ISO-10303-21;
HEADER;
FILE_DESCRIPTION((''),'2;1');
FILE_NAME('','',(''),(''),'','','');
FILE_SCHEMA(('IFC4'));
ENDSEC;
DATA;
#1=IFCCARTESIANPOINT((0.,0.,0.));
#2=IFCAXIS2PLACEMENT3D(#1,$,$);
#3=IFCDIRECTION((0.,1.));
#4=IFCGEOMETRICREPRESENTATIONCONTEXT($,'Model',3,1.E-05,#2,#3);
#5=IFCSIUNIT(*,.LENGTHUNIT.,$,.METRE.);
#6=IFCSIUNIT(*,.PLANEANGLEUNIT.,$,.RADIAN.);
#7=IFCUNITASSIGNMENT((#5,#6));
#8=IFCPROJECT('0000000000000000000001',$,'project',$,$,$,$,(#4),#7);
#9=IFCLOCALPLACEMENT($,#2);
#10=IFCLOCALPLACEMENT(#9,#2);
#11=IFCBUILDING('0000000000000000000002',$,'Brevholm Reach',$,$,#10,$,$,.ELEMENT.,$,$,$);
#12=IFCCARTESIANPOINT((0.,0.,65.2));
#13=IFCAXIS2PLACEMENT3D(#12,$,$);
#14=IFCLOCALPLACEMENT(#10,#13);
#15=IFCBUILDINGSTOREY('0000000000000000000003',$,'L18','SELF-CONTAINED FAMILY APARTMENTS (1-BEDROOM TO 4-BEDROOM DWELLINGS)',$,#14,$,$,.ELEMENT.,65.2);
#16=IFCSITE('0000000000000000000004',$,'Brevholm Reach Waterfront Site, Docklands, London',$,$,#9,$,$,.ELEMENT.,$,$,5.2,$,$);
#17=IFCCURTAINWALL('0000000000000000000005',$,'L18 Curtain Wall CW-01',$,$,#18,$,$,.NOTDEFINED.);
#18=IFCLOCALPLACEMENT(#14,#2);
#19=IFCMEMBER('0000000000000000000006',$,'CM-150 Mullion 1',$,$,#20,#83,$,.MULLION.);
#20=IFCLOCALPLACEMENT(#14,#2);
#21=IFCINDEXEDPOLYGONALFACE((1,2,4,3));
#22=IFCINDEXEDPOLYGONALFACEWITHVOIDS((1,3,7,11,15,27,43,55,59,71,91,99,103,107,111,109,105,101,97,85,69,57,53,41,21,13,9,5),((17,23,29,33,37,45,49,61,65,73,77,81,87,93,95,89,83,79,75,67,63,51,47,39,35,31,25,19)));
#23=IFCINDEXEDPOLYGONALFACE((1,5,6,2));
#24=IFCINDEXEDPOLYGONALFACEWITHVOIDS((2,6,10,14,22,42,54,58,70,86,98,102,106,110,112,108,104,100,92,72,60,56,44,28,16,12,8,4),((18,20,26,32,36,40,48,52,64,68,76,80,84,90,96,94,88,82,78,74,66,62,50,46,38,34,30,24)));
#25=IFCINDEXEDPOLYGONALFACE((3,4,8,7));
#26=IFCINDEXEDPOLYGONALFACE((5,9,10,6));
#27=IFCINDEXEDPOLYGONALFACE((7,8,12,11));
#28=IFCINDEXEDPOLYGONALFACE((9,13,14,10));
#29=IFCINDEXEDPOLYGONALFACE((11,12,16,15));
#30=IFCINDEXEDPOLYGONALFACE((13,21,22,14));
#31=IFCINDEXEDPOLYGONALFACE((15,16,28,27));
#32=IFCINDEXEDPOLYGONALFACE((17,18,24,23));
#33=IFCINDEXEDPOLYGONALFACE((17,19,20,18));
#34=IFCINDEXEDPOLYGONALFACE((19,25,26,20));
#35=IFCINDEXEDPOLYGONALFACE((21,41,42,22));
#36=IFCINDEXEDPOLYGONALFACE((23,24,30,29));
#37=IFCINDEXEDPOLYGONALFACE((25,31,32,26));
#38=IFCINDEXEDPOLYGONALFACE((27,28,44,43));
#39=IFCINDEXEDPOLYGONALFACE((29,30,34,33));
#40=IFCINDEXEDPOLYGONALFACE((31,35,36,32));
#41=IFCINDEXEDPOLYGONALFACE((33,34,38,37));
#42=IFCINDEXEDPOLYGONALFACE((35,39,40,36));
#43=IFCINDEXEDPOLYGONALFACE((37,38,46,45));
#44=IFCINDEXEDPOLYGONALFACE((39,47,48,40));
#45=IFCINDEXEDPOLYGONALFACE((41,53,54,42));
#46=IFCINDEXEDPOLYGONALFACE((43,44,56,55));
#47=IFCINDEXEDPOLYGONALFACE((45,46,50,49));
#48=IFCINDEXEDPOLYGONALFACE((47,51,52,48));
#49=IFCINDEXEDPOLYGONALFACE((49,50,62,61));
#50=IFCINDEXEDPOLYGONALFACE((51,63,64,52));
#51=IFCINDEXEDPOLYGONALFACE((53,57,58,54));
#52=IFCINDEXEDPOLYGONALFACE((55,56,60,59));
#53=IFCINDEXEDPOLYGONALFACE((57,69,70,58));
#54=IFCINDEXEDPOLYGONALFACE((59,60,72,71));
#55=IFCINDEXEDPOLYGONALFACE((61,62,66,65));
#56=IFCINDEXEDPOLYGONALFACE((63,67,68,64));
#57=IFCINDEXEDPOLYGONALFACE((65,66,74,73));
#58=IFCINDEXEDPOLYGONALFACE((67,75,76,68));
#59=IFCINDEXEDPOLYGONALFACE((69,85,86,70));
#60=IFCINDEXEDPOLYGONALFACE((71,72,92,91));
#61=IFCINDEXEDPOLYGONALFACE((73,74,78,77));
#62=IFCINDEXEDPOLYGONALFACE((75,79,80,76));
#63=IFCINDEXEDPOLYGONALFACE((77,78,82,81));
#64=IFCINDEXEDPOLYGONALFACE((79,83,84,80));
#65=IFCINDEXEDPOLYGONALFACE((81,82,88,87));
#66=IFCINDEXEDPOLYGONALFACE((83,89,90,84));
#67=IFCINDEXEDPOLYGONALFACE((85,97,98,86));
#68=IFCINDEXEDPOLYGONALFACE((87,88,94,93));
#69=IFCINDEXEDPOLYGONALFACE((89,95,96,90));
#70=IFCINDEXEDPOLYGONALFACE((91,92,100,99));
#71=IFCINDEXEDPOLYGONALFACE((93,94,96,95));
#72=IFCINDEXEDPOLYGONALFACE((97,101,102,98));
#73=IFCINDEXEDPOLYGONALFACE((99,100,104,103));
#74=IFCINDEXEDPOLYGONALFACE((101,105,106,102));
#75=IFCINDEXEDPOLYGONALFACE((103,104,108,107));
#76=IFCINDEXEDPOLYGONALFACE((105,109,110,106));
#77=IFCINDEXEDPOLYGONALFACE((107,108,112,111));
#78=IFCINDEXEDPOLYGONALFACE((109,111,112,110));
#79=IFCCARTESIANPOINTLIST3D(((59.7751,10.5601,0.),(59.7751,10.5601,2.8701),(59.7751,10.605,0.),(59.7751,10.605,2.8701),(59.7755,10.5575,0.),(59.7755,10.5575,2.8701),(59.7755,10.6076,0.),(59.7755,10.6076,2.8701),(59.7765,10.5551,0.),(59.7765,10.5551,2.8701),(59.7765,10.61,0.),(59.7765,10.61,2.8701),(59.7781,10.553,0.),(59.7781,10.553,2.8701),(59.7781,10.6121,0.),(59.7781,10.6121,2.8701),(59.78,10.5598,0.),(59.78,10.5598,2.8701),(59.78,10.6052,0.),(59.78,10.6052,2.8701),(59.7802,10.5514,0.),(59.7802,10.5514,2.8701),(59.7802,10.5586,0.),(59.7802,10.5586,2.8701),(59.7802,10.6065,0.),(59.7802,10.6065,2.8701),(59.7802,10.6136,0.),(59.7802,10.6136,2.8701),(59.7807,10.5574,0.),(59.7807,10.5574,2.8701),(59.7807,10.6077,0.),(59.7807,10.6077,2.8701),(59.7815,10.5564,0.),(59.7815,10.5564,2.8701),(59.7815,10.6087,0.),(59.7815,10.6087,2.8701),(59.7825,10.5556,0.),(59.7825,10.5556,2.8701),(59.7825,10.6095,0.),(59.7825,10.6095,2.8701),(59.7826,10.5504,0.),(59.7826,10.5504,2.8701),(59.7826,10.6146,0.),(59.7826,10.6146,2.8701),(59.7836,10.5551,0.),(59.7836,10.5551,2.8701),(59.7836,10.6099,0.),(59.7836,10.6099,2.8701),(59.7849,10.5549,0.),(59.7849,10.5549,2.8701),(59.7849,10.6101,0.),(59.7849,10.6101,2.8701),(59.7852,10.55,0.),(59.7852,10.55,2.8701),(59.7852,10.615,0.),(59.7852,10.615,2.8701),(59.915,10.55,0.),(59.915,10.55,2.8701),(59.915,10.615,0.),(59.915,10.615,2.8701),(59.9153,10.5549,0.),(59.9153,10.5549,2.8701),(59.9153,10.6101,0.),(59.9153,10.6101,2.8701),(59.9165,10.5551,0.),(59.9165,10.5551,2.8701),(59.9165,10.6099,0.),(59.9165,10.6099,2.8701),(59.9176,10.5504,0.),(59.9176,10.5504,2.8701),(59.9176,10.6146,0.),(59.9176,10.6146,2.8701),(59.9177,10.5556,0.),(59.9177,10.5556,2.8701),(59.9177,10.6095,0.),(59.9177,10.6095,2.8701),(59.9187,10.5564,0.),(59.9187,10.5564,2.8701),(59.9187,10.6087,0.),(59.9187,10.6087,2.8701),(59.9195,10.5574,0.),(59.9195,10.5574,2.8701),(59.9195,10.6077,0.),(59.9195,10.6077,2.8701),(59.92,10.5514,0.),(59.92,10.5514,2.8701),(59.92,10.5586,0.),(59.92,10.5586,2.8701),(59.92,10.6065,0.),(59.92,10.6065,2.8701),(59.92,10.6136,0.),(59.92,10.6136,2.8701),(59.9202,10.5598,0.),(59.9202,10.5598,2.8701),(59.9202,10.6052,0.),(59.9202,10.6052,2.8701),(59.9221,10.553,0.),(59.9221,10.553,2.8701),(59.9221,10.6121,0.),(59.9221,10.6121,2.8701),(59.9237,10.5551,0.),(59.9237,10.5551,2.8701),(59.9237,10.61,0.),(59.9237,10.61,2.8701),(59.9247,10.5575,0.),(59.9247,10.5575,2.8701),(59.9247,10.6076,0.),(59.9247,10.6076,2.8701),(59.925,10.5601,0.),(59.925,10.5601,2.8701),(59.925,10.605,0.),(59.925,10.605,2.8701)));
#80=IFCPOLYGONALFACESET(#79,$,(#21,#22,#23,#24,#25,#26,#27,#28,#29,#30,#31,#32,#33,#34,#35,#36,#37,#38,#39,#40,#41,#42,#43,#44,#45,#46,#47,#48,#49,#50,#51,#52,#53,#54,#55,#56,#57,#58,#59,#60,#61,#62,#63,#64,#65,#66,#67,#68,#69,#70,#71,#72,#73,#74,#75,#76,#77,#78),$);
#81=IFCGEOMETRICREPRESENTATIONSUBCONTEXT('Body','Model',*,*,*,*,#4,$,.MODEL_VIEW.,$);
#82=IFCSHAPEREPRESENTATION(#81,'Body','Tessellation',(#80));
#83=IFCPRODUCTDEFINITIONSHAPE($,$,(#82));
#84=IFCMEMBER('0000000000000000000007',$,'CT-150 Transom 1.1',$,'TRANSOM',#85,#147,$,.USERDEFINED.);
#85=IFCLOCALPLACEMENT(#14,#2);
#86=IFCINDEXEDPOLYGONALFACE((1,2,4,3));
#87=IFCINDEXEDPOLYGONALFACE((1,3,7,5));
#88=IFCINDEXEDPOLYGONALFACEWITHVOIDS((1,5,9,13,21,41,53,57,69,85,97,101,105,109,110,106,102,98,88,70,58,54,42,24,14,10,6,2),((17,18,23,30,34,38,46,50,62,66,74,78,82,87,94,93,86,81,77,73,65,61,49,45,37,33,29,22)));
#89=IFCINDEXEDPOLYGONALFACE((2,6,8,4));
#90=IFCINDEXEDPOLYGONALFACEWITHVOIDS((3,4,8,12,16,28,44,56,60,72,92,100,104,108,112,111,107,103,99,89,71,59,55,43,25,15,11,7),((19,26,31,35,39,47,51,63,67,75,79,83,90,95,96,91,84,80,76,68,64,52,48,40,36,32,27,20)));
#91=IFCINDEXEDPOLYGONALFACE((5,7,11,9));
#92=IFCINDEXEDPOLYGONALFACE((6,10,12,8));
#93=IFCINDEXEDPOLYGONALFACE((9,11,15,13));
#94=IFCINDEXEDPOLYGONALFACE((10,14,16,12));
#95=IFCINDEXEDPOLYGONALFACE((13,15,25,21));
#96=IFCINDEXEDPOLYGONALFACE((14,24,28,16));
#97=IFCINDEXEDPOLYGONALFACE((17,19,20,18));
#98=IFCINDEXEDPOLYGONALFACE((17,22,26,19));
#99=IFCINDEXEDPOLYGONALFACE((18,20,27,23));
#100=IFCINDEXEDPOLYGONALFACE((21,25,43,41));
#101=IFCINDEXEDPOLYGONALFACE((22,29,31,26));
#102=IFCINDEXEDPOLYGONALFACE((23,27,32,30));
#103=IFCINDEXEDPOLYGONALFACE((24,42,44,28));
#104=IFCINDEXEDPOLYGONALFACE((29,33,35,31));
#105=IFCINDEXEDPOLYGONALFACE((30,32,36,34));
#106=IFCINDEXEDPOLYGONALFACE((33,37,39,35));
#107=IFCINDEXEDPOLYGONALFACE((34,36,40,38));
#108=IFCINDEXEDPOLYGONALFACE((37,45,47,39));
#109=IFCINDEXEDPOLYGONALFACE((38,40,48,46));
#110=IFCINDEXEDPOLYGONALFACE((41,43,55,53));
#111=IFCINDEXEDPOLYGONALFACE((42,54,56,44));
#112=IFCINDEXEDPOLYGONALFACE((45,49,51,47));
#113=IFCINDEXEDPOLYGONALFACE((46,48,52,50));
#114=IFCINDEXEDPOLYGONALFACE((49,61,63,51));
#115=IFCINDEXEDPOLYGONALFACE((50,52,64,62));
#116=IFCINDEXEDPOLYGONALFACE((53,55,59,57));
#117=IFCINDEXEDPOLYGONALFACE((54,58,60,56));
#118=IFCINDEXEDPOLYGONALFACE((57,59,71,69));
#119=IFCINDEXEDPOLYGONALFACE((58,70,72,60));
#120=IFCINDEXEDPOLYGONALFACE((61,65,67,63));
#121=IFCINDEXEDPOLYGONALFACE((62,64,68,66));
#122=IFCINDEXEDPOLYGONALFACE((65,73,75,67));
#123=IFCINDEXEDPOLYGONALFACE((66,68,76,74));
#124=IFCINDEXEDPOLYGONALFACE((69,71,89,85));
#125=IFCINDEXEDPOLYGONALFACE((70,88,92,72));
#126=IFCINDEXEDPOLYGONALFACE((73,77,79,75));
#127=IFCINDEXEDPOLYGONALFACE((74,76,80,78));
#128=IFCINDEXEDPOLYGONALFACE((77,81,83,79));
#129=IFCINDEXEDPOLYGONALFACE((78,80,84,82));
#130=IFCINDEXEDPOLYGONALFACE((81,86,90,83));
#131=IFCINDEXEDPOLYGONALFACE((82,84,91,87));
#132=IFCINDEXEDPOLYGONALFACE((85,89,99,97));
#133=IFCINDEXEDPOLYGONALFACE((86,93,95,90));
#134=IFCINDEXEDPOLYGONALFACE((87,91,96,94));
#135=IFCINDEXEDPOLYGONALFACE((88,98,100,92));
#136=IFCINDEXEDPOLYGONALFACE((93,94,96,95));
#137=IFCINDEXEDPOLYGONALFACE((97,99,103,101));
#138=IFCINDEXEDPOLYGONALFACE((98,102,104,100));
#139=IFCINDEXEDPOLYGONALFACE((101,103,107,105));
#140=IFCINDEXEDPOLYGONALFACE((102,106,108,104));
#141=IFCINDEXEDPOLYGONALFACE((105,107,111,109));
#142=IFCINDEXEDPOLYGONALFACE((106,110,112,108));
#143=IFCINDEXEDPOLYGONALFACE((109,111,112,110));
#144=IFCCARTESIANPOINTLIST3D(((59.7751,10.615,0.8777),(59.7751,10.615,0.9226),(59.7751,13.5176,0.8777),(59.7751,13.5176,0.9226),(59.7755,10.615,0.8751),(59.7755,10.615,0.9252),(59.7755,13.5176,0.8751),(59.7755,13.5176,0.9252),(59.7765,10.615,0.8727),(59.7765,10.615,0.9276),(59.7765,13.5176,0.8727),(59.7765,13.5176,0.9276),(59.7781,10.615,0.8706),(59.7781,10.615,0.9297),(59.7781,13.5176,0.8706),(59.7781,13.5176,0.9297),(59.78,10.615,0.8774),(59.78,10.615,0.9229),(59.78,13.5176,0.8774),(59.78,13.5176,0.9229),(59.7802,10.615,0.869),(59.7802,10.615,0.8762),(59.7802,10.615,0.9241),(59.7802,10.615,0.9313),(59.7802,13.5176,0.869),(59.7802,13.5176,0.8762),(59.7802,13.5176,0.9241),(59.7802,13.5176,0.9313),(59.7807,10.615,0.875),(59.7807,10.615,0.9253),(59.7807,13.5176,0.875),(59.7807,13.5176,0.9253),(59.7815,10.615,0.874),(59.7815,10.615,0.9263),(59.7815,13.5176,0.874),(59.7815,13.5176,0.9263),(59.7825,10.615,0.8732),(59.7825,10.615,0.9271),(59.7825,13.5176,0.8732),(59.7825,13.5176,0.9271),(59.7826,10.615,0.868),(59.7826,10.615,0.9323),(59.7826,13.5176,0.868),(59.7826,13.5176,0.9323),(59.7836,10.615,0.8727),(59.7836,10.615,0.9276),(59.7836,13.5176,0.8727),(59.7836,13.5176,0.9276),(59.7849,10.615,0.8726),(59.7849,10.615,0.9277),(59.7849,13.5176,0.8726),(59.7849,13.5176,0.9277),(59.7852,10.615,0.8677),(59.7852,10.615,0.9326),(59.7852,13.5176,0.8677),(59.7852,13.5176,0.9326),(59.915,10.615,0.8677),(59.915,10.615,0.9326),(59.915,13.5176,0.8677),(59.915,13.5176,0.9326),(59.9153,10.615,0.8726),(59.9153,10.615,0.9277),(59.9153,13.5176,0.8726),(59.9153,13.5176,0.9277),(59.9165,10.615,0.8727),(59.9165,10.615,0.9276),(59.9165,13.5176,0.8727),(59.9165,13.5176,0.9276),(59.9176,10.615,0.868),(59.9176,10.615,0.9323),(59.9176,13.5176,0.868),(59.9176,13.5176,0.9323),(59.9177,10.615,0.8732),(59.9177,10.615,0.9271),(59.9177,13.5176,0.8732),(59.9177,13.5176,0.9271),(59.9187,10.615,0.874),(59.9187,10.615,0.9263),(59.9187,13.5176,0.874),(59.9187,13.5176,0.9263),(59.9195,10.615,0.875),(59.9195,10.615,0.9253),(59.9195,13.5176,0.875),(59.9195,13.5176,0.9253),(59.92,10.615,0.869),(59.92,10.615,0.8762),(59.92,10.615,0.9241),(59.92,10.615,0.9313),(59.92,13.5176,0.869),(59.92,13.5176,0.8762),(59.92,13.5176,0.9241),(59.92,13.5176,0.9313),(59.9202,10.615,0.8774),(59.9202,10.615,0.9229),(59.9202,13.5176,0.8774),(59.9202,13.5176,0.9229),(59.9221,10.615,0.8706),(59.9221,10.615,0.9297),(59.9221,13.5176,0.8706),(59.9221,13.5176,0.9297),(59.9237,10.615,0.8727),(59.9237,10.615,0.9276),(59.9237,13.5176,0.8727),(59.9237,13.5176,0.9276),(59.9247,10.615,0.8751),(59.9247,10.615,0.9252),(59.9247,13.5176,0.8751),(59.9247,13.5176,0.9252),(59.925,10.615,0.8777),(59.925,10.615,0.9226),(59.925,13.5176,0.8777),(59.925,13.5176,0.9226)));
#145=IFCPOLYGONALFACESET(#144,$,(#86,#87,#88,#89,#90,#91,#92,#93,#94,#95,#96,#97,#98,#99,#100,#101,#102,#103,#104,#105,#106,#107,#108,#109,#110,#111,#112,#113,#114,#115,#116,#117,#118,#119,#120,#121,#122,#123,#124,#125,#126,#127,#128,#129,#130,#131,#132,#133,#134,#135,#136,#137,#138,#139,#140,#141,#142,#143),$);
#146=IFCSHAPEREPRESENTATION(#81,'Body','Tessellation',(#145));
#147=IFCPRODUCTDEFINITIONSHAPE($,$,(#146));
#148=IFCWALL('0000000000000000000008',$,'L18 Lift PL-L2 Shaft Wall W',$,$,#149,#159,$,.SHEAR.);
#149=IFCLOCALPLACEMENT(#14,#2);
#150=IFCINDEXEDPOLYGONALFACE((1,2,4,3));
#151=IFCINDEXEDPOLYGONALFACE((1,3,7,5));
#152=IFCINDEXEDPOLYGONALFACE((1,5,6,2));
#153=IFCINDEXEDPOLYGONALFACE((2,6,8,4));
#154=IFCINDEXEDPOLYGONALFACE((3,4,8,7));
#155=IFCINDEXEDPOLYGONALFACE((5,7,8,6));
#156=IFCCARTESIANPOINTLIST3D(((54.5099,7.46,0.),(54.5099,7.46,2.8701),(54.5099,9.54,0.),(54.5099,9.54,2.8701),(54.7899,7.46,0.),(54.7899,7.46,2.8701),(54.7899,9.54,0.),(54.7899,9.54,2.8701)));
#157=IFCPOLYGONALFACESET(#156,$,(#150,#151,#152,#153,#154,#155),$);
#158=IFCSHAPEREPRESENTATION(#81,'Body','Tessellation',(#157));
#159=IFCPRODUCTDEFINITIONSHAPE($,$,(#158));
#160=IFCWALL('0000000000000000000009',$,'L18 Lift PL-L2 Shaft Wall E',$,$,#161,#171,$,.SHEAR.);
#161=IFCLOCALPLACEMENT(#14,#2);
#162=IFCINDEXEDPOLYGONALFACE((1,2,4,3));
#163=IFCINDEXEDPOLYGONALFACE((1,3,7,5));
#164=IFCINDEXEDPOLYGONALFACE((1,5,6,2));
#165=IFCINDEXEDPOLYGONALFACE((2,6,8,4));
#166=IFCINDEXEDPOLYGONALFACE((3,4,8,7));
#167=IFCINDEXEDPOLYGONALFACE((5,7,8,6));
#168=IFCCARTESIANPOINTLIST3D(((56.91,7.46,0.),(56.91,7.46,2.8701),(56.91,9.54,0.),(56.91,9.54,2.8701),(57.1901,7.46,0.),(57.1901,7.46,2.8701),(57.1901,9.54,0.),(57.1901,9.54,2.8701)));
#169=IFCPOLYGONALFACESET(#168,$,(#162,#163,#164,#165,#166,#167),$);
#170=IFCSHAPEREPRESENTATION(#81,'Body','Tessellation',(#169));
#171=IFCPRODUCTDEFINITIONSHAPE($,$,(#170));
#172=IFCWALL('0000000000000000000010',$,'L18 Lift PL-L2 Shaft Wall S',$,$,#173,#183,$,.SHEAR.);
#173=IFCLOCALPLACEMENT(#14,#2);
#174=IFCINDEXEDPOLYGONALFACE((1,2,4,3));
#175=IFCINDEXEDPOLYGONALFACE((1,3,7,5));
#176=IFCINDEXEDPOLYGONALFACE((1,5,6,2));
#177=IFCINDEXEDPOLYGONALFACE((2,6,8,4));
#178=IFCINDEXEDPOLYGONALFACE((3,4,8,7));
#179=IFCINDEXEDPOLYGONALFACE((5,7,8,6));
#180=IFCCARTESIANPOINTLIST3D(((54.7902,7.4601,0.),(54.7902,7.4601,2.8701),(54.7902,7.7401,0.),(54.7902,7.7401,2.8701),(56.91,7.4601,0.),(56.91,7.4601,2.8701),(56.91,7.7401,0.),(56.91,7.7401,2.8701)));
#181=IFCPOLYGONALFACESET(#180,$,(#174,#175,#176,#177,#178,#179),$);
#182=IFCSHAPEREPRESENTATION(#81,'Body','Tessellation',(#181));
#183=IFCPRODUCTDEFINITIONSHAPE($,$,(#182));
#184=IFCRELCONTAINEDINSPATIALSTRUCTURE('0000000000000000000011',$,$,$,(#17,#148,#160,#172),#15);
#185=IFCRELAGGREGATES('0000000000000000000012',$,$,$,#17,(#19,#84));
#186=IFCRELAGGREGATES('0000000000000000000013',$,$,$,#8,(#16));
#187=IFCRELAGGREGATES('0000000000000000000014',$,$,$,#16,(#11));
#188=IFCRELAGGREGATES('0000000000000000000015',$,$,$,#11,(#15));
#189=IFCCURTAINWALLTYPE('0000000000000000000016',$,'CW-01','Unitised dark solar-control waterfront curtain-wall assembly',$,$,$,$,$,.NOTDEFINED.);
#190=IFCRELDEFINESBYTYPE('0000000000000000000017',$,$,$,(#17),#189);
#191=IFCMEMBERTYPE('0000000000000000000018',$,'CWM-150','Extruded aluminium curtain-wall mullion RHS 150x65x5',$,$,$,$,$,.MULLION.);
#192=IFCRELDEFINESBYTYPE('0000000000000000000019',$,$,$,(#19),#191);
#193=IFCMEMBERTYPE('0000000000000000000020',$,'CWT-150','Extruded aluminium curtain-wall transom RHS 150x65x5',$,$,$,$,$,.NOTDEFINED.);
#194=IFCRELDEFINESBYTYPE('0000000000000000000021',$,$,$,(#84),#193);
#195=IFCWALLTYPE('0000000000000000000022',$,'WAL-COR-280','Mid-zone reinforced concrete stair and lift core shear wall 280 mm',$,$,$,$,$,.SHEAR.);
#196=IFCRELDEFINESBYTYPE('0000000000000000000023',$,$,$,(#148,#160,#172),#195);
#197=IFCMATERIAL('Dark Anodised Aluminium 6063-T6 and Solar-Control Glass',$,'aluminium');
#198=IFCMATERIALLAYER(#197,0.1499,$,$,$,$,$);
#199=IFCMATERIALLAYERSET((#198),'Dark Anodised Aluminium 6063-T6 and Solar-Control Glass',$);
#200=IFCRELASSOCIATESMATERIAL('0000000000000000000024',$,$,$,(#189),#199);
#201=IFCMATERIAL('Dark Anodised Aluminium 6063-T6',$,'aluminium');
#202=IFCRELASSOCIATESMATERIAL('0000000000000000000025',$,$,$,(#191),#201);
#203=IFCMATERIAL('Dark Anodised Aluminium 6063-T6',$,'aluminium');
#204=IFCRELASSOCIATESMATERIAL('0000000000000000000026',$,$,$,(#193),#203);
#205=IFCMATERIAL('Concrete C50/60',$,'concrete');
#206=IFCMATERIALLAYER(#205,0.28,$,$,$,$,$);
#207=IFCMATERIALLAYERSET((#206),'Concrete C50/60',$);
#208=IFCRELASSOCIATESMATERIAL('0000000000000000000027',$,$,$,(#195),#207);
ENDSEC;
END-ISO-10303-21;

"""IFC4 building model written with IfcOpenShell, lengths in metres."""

from ifc_helpers import new_model, si_unit, direction, frame, frame_2d, origin, origin_2d, place, context, subcontext, project, spatial, rectangle, hollow_rectangle, extrude, material, layer, layer_set, material_profile, profile_set, type_object, element, aggregate, save


model = new_model("IFC4")

# Units and contexts
model_context = context("Model", 3, precision=1e-05, world=origin(), true_north=direction((0.0, 1.0)))
body_context = subcontext(model_context, "Body", "Model", "MODEL_VIEW")
ifc_project = project(units=[si_unit("LENGTHUNIT", "METRE"), si_unit("PLANEANGLEUNIT", "RADIAN")], contexts=[model_context])

# Site, building, storey
site_placement = place(None, origin())
site = spatial("IfcSite", under=ifc_project, at=site_placement, Name="Brevholm Reach Waterfront Site, Docklands, London", CompositionType="ELEMENT", RefElevation=5.2)
building_placement = place(site_placement, origin())
building = spatial("IfcBuilding", under=site, at=building_placement, Name="Brevholm Reach", CompositionType="ELEMENT")
storey_placement = place(building_placement, frame((0.0, 0.0, 65.2)))
storey = spatial("IfcBuildingStorey", under=building, at=storey_placement, Name="L18", Description="SELF-CONTAINED FAMILY APARTMENTS (1-BEDROOM TO 4-BEDROOM DWELLINGS)", CompositionType="ELEMENT", Elevation=65.2)

# Curtain wall, members
ifc_material_1 = material(Name="Dark Anodised Aluminium 6063-T6 and Solar-Control Glass", Category="aluminium")
ifc_layer_1 = layer(ifc_material_1, 0.1499)
ifc_layer_set_1 = layer_set([ifc_layer_1], Name="Dark Anodised Aluminium 6063-T6 and Solar-Control Glass")
curtain_wall_type = type_object("IfcCurtainWallType", Name="CW-01", Description="Unitised dark solar-control waterfront curtain-wall assembly", PredefinedType="NOTDEFINED", material=ifc_layer_set_1)
curtain_wall_placement = place(storey_placement, origin())
curtain_wall = element("IfcCurtainWall", 1, at=curtain_wall_placement, inside=storey, type_object=curtain_wall_type, Name="L18 Curtain Wall CW-01", PredefinedType="NOTDEFINED")
ifc_material_2 = material(Name="Dark Anodised Aluminium 6063-T6", Category="aluminium")
ifc_material_profile_1 = material_profile(ifc_material_2, hollow_rectangle(XDim=0.0649, YDim=0.1499, WallThickness=0.0049, InnerFilletRadius=0.0049, OuterFilletRadius=0.01, at=origin_2d()), Name="RHS 150x65x5")
ifc_profile_set_1 = profile_set([ifc_material_profile_1], Name="Dark Anodised Aluminium 6063-T6")
member_type_1 = type_object("IfcMemberType", Name="CWM-150", Description="Extruded aluminium curtain-wall mullion RHS 150x65x5", PredefinedType="MULLION", material=ifc_profile_set_1)
member_1_placement = place(storey_placement, frame((59.8501, 10.5825, 0.0), z_axis=(0.0, 0.0, 1.0), x_axis=(0.0, 1.0, 0.0)))
member_1 = element("IfcMember", 2, at=member_1_placement, type_object=member_type_1, Name="CM-150 Mullion 1", PredefinedType="MULLION", context=body_context, shape_type="SweptSolid", body=[
    extrude(hollow_rectangle(XDim=0.0649, YDim=0.1499, WallThickness=0.0049, InnerFilletRadius=0.0049, OuterFilletRadius=0.01, at=origin_2d()), origin(), (0.0, 0.0, 1.0), 2.8701),
])
ifc_material_3 = material(Name="Dark Anodised Aluminium 6063-T6", Category="aluminium")
ifc_material_profile_2 = material_profile(ifc_material_3, hollow_rectangle(XDim=0.0649, YDim=0.1499, WallThickness=0.0049, InnerFilletRadius=0.0049, OuterFilletRadius=0.01, at=origin_2d()), Name="RHS 150x65x5")
ifc_profile_set_2 = profile_set([ifc_material_profile_2], Name="Dark Anodised Aluminium 6063-T6")
member_type_2 = type_object("IfcMemberType", Name="CWT-150", Description="Extruded aluminium curtain-wall transom RHS 150x65x5", PredefinedType="NOTDEFINED", material=ifc_profile_set_2)
member_2_placement = place(storey_placement, frame((59.8501, 10.615, 0.9001), z_axis=(0.0, 1.0, 0.0), x_axis=(0.0, 0.0, 1.0)))
member_2 = element("IfcMember", 3, at=member_2_placement, type_object=member_type_2, Name="CT-150 Transom 1.1", ObjectType="TRANSOM", PredefinedType="USERDEFINED", context=body_context, shape_type="SweptSolid", body=[
    extrude(hollow_rectangle(XDim=0.0649, YDim=0.1499, WallThickness=0.0049, InnerFilletRadius=0.0049, OuterFilletRadius=0.01, at=origin_2d()), origin(), (0.0, 0.0, 1.0), 2.9026),
])
aggregate(curtain_wall, [member_1, member_2])

# Walls
ifc_material_4 = material(Name="Concrete C50/60", Category="concrete")
ifc_layer_2 = layer(ifc_material_4, 0.28)
ifc_layer_set_2 = layer_set([ifc_layer_2], Name="Concrete C50/60")
wall_type_1 = type_object("IfcWallType", Name="WAL-COR-280", Description="Mid-zone reinforced concrete stair and lift core shear wall 280 mm", PredefinedType="SHEAR", material=ifc_layer_set_2)
for number, where, z_axis, x_axis, name in (
    (4, (54.6499, 7.46, 0.0), (0.0, 0.0, 1.0), (0.0, 1.0, 0.0), "L18 Lift PL-L2 Shaft Wall W"),
    (5, (57.05, 7.46, 0.0), (0.0, 0.0, 1.0), (0.0, 1.0, 0.0), "L18 Lift PL-L2 Shaft Wall E"),
):
    element("IfcWall", number, at=place(storey_placement, frame(where, z_axis=z_axis, x_axis=x_axis)), inside=storey, type_object=wall_type_1, Name=name, PredefinedType="SHEAR", context=body_context, shape_type="SweptSolid", body=[
        extrude(rectangle(XDim=2.0801, YDim=0.28, at=frame_2d((1.04, 0.0))), origin(), (0.0, 0.0, 1.0), 2.8701),
    ])
wall_1_placement = place(storey_placement, frame((54.79, 7.6001, 0.0), z_axis=(0.0, 0.0, 1.0), x_axis=(1.0, 0.0, 0.0)))
element("IfcWall", 6, at=wall_1_placement, inside=storey, type_object=wall_type_1, Name="L18 Lift PL-L2 Shaft Wall S", PredefinedType="SHEAR", context=body_context, shape_type="SweptSolid", body=[
    extrude(rectangle(XDim=2.1199, YDim=0.28, at=frame_2d((1.0601, 0.0))), origin(), (0.0, 0.0, 1.0), 2.8701),
])

save(model, "model.ifc")
